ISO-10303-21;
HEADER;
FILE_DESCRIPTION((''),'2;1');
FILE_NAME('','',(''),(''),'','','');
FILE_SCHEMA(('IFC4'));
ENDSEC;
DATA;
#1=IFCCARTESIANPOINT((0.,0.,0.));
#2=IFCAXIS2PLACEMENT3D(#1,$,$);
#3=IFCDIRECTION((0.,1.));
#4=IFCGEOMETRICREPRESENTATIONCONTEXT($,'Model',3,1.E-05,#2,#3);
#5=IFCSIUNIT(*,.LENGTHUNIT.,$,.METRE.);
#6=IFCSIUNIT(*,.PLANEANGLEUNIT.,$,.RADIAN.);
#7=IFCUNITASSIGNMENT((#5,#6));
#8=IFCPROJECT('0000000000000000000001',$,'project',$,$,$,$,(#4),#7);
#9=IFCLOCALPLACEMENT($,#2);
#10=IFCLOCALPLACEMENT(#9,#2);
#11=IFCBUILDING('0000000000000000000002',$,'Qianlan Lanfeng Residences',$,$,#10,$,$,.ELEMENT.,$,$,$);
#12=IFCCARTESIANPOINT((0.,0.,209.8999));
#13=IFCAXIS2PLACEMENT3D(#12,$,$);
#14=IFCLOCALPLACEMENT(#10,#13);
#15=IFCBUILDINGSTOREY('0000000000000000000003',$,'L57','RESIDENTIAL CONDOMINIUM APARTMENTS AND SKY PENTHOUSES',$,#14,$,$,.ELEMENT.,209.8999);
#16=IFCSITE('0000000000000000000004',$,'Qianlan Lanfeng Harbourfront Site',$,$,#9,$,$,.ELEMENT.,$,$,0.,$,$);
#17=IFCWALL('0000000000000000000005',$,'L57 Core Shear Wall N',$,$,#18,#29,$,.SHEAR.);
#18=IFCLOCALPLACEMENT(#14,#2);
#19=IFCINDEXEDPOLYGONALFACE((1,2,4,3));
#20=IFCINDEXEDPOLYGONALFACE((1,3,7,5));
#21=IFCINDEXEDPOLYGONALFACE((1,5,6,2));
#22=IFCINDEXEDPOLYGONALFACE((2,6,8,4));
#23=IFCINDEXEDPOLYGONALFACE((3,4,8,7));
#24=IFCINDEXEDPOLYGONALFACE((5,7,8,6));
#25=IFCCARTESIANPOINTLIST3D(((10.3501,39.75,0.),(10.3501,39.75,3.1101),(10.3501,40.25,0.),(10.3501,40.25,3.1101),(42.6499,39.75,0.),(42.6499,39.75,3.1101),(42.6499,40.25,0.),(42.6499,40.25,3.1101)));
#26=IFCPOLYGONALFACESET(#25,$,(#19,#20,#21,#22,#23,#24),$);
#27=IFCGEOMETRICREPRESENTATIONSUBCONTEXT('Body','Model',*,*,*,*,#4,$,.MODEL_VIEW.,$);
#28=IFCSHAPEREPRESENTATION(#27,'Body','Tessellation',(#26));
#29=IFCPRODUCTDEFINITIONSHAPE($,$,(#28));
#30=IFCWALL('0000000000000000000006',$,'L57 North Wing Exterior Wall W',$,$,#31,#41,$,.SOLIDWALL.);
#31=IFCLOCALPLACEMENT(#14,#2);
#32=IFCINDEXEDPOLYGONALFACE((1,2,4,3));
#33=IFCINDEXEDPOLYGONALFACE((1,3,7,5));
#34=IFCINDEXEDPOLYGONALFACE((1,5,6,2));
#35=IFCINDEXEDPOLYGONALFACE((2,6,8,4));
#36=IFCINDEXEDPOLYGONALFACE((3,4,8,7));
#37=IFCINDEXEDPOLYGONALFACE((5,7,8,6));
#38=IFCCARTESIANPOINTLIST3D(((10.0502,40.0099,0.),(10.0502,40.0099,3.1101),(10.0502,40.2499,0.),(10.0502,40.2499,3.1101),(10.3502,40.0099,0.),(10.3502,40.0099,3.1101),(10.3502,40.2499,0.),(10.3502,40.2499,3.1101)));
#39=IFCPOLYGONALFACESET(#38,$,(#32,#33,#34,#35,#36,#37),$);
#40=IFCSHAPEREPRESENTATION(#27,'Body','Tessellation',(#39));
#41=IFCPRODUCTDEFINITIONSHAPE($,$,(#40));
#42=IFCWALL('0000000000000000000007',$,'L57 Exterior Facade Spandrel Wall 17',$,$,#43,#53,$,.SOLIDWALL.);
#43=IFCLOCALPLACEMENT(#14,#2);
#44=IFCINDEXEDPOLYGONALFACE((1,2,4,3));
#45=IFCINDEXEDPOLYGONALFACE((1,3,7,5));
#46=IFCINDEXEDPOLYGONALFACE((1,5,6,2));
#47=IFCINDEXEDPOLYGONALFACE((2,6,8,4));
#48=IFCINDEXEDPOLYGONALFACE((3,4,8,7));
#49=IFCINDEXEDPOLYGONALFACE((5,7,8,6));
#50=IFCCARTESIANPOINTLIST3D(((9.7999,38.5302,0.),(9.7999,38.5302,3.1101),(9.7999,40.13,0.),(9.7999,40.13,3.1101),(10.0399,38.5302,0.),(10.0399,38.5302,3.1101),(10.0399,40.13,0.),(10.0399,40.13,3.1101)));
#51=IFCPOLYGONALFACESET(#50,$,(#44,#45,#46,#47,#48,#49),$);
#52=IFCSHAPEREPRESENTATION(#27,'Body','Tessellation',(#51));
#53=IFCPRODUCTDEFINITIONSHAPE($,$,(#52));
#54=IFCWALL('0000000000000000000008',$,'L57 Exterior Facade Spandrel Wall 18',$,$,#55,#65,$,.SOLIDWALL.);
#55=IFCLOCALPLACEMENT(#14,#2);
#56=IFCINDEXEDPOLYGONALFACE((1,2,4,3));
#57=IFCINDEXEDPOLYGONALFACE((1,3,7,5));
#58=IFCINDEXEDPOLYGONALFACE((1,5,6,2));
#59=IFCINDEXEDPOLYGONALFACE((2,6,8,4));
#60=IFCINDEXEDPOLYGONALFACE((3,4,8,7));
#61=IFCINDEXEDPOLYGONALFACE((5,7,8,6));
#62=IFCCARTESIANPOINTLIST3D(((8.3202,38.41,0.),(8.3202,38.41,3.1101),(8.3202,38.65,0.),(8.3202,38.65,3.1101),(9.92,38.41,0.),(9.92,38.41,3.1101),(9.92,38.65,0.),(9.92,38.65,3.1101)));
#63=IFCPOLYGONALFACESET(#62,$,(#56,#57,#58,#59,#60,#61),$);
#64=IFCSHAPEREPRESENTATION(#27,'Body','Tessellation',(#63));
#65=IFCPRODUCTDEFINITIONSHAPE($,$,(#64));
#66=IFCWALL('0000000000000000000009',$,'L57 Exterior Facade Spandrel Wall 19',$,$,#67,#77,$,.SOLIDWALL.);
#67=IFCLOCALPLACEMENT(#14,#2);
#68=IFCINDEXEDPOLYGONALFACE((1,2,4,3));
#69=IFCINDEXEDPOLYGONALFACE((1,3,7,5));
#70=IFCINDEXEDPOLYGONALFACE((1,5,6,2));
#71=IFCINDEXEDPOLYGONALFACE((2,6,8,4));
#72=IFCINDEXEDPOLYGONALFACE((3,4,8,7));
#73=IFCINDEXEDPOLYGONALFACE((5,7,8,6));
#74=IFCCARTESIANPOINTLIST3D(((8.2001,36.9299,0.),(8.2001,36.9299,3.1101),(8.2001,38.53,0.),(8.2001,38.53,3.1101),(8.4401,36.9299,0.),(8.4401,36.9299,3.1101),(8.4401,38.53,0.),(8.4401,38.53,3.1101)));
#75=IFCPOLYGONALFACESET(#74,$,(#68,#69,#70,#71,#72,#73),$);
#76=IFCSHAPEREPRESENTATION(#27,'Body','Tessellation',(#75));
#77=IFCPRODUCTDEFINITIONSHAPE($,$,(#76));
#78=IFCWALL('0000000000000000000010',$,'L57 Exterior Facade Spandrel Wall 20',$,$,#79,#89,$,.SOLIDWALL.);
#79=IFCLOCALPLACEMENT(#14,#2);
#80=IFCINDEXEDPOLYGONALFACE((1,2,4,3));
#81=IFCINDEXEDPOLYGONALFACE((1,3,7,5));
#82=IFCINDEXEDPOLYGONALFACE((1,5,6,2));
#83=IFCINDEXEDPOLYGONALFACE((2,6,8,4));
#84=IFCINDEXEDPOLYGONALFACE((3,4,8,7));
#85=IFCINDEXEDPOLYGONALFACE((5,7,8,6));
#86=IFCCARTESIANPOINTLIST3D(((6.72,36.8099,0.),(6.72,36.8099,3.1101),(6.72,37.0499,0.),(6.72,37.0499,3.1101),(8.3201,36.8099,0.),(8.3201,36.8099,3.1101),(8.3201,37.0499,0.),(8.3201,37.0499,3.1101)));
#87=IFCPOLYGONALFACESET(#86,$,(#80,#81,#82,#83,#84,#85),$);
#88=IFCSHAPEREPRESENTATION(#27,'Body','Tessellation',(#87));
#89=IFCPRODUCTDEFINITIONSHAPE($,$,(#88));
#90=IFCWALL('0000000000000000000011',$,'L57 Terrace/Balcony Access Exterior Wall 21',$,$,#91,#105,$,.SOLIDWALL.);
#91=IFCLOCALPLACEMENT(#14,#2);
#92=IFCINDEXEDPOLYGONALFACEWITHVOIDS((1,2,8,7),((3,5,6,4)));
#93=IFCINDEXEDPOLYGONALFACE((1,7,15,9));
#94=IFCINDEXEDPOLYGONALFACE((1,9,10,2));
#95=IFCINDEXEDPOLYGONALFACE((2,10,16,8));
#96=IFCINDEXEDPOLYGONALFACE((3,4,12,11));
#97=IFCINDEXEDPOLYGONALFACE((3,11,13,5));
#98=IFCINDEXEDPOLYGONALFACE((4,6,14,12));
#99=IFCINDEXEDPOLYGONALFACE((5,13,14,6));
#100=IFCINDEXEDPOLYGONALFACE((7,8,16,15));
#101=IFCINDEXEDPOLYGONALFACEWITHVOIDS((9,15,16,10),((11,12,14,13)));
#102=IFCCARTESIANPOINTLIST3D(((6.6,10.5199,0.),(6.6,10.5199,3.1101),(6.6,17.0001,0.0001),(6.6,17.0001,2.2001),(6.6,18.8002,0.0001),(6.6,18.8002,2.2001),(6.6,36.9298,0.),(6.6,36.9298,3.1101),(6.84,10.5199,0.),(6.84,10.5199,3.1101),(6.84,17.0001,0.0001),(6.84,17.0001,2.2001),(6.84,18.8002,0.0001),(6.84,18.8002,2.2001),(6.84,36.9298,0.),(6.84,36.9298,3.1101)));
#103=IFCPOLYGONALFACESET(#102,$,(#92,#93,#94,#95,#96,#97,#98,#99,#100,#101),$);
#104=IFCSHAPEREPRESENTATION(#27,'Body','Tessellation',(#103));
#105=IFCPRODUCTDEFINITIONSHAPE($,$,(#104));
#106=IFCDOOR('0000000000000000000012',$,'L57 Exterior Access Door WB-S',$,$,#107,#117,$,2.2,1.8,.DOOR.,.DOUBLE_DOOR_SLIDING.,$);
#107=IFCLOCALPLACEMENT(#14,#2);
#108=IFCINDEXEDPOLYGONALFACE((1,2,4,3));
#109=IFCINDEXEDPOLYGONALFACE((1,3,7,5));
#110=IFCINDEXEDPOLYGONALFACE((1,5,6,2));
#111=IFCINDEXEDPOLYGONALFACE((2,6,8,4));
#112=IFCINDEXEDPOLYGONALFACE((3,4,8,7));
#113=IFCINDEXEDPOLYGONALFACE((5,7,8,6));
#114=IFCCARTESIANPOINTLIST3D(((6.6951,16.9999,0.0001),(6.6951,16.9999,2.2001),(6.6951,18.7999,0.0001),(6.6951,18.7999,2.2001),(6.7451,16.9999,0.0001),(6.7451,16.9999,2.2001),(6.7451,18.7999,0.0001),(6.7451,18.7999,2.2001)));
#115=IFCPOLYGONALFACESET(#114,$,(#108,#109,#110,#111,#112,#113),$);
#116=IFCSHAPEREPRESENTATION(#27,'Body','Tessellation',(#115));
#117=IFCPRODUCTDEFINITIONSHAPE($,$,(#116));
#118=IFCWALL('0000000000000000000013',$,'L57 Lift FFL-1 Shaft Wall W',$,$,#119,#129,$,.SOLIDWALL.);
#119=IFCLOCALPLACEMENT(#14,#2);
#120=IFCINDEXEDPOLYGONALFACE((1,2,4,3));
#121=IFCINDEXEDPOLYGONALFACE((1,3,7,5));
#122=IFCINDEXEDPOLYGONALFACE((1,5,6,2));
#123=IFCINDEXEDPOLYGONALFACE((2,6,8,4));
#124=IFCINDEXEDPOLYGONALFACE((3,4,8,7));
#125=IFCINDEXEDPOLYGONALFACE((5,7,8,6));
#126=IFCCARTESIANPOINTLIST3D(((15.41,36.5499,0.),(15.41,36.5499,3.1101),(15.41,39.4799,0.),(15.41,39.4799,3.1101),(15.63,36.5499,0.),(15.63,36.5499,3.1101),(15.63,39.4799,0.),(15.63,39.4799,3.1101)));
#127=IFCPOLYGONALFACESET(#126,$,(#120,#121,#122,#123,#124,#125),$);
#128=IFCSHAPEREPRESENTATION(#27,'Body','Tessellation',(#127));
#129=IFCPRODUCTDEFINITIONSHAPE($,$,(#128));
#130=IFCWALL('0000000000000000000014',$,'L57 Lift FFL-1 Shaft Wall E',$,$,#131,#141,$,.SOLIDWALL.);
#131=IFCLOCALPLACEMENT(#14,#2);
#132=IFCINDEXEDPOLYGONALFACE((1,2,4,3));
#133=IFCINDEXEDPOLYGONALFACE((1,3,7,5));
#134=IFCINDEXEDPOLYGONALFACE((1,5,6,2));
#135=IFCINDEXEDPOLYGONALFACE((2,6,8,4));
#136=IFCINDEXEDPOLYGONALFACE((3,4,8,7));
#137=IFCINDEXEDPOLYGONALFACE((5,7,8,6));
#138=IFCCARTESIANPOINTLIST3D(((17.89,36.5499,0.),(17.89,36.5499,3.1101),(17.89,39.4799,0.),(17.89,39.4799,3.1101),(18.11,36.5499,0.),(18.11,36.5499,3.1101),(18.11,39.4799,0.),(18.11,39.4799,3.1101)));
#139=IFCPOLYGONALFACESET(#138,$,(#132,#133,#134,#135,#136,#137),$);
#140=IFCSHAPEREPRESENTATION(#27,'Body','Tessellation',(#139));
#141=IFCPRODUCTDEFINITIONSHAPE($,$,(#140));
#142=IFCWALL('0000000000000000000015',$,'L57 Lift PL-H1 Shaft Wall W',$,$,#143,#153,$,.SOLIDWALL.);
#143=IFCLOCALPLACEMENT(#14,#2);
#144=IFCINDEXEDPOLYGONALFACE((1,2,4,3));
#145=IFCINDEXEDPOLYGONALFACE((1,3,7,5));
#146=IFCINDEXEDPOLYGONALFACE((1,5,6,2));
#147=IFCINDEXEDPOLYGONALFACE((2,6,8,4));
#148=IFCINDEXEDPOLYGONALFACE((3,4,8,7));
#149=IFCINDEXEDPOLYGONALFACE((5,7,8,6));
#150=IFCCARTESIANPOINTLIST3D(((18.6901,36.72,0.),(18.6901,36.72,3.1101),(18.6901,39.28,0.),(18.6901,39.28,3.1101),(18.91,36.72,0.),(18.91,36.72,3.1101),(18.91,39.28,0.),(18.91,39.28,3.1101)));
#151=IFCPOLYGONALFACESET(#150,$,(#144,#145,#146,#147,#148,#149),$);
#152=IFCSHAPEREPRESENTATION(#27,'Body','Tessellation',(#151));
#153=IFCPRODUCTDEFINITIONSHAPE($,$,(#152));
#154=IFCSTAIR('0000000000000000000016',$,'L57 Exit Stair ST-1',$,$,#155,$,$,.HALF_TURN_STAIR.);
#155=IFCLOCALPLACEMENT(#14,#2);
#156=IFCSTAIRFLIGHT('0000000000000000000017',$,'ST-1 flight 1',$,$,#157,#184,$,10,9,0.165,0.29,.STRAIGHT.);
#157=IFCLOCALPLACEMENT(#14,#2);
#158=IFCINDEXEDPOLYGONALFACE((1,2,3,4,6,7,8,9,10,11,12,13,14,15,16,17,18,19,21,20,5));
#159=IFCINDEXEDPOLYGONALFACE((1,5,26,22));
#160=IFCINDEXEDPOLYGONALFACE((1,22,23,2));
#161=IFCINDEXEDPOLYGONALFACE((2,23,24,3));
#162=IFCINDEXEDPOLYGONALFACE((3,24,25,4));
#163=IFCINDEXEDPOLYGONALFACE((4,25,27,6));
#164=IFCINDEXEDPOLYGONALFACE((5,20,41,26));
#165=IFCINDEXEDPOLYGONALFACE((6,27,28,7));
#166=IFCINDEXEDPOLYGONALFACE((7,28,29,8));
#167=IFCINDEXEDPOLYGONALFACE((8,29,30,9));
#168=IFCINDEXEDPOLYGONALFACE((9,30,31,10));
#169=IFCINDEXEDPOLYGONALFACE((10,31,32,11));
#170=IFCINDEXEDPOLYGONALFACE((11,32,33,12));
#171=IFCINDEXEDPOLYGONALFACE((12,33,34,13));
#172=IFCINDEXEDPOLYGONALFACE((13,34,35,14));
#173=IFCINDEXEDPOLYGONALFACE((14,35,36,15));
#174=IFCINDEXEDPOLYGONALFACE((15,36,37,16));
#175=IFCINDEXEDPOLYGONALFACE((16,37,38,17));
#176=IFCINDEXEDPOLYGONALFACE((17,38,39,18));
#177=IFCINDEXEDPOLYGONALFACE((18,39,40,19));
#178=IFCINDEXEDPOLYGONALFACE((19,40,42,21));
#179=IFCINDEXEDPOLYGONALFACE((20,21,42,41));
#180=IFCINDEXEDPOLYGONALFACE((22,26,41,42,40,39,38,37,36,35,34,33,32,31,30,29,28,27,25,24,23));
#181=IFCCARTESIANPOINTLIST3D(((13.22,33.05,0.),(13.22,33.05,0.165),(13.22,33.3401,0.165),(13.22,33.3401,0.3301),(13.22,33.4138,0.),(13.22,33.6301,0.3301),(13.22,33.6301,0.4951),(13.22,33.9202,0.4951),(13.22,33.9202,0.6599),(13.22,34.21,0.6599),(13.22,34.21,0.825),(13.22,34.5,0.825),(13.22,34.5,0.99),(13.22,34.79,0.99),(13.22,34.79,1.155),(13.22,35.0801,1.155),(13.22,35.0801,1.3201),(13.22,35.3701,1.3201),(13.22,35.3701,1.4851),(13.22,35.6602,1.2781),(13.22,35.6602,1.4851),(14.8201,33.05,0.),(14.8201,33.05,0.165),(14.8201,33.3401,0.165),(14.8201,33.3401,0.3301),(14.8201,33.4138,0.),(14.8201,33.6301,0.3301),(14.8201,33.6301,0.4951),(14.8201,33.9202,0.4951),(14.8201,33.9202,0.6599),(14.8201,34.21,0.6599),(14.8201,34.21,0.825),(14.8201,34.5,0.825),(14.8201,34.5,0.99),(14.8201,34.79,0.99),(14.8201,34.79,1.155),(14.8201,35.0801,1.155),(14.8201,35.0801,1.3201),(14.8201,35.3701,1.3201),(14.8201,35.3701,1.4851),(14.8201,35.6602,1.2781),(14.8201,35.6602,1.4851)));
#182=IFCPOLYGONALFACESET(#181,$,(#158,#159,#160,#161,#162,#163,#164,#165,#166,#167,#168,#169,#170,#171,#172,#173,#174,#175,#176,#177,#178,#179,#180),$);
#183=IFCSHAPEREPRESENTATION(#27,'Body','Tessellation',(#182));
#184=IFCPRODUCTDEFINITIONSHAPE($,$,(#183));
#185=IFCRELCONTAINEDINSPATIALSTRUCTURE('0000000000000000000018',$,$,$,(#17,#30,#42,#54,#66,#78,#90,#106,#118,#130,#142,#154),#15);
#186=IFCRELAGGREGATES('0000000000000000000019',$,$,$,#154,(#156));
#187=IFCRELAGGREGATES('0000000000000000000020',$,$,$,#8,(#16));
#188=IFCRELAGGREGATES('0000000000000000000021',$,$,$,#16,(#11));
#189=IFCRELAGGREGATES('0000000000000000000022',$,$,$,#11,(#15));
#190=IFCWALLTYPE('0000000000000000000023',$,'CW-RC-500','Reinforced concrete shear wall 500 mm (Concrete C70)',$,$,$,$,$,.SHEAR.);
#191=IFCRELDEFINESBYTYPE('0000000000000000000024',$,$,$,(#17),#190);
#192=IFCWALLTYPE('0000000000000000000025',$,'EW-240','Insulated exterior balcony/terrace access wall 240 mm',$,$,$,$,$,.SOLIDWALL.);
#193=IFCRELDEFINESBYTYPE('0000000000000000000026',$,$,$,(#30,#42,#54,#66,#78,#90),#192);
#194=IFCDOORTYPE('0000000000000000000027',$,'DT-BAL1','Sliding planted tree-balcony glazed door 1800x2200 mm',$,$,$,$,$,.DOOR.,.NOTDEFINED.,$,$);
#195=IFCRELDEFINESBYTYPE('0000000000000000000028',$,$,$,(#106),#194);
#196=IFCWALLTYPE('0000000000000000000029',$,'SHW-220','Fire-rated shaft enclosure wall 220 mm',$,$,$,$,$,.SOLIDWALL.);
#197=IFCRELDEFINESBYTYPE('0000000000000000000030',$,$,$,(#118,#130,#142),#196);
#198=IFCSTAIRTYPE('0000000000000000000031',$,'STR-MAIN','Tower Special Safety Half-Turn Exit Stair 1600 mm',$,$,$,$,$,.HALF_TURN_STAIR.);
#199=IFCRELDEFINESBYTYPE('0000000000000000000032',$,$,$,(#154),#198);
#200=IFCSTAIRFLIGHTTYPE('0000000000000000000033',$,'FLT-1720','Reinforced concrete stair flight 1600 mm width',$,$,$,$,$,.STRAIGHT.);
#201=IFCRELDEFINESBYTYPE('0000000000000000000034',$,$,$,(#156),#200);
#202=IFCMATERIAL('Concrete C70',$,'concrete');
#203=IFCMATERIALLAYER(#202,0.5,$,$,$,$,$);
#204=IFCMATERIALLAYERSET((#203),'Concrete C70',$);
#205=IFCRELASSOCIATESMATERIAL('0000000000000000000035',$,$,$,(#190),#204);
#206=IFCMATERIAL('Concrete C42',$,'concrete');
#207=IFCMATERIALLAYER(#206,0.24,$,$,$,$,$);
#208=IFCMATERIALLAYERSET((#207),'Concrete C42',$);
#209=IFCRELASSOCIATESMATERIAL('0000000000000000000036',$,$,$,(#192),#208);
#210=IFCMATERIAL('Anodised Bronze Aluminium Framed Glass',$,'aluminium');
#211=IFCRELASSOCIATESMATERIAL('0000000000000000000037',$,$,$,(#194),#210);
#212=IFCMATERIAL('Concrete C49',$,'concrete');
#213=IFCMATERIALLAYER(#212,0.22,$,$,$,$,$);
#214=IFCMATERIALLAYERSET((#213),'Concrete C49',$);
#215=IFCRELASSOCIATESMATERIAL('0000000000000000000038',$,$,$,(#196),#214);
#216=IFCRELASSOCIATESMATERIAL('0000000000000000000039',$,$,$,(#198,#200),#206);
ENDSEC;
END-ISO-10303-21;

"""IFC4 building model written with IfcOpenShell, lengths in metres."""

from ifc_helpers import new_model, si_unit, direction, frame, frame_2d, origin, place, context, subcontext, project, spatial, polyline, rectangle, outline, extrude, material, layer, layer_set, type_object, element, fill, aggregate, save


model = new_model("IFC4")

# Units and contexts
model_context = context("Model", 3, precision=1e-05, world=origin(), true_north=direction((0.0, 1.0)))
body_context = subcontext(model_context, "Body", "Model", "MODEL_VIEW")
ifc_project = project(units=[si_unit("LENGTHUNIT", "METRE"), si_unit("PLANEANGLEUNIT", "RADIAN")], contexts=[model_context])

# Site, building, storey
site_placement = place(None, origin())
site = spatial("IfcSite", under=ifc_project, at=site_placement, Name="Qianlan Lanfeng Harbourfront Site", CompositionType="ELEMENT", RefElevation=0.0)
building_placement = place(site_placement, origin())
building = spatial("IfcBuilding", under=site, at=building_placement, Name="Qianlan Lanfeng Residences", CompositionType="ELEMENT")
storey_placement = place(building_placement, frame((0.0, 0.0, 209.8999)))
storey = spatial("IfcBuildingStorey", under=building, at=storey_placement, Name="L57", Description="RESIDENTIAL CONDOMINIUM APARTMENTS AND SKY PENTHOUSES", CompositionType="ELEMENT", Elevation=209.8999)

# Shared definitions
ifc_material_1 = material(Name="Concrete C49", Category="concrete")

# Walls
ifc_material_2 = material(Name="Concrete C70", Category="concrete")
ifc_layer_1 = layer(ifc_material_2, 0.5)
ifc_layer_set_1 = layer_set([ifc_layer_1], Name="Concrete C70")
wall_type_1 = type_object("IfcWallType", Name="CW-RC-500", Description="Reinforced concrete shear wall 500 mm (Concrete C70)", PredefinedType="SHEAR", material=ifc_layer_set_1)
wall_1_placement = place(storey_placement, frame((10.3501, 40.0, 0.0), z_axis=(0.0, 0.0, 1.0), x_axis=(1.0, 0.0, 0.0)))
element("IfcWall", 1, at=wall_1_placement, inside=storey, type_object=wall_type_1, Name="L57 Core Shear Wall N", PredefinedType="SHEAR", context=body_context, shape_type="SweptSolid", body=[
    extrude(rectangle(XDim=32.2998, YDim=0.5, at=frame_2d((16.1499, 0.0))), origin(), (0.0, 0.0, 1.0), 3.1101),
])
ifc_material_3 = material(Name="Concrete C42", Category="concrete")
ifc_layer_2 = layer(ifc_material_3, 0.24)
ifc_layer_set_2 = layer_set([ifc_layer_2], Name="Concrete C42")
wall_type_2 = type_object("IfcWallType", Name="EW-240", Description="Insulated exterior balcony/terrace access wall 240 mm", PredefinedType="SOLIDWALL", material=ifc_layer_set_2)
wall_2_placement = place(storey_placement, frame((10.3501, 40.1299, 0.0), z_axis=(0.0, 0.0, 1.0), x_axis=(-1.0, 0.0, 0.0)))
element("IfcWall", 2, at=wall_2_placement, inside=storey, type_object=wall_type_2, Name="L57 North Wing Exterior Wall W", PredefinedType="SOLIDWALL", context=body_context, shape_type="SweptSolid", body=[
    extrude(rectangle(XDim=0.3, YDim=0.24, at=frame_2d((0.1499, 0.0))), origin(), (0.0, 0.0, 1.0), 3.1101),
])
for number, where, z_axis, x_axis, name in (
    (3, (9.9199, 40.1299, 0.0), (0.0, 0.0, 1.0), (0.0, -1.0, 0.0), "L57 Exterior Facade Spandrel Wall 17"),
    (4, (9.9199, 38.53, 0.0), (0.0, 0.0, 1.0), (-1.0, 0.0, 0.0), "L57 Exterior Facade Spandrel Wall 18"),
):
    element("IfcWall", number, at=place(storey_placement, frame(where, z_axis=z_axis, x_axis=x_axis)), inside=storey, type_object=wall_type_2, Name=name, PredefinedType="SOLIDWALL", context=body_context, shape_type="SweptSolid", body=[
        extrude(rectangle(XDim=1.5999, YDim=0.24, at=frame_2d((0.7998, 0.0))), origin(), (0.0, 0.0, 1.0), 3.1101),
    ])
for number, where, z_axis, x_axis, name in (
    (5, (8.3201, 38.53, 0.0), (0.0, 0.0, 1.0), (0.0, -1.0, 0.0), "L57 Exterior Facade Spandrel Wall 19"),
    (6, (8.3201, 36.9299, 0.0), (0.0, 0.0, 1.0), (-1.0, 0.0, 0.0), "L57 Exterior Facade Spandrel Wall 20"),
):
    element("IfcWall", number, at=place(storey_placement, frame(where, z_axis=z_axis, x_axis=x_axis)), inside=storey, type_object=wall_type_2, Name=name, PredefinedType="SOLIDWALL", context=body_context, shape_type="SweptSolid", body=[
        extrude(rectangle(XDim=1.6001, YDim=0.24, at=frame_2d((0.8, 0.0))), origin(), (0.0, 0.0, 1.0), 3.1101),
    ])

# Wall, opening, door
wall_3_placement = place(storey_placement, frame((6.72, 36.9299, 0.0), z_axis=(0.0, 0.0, 1.0), x_axis=(0.0, -1.0, 0.0)))
wall_3 = element("IfcWall", 7, at=wall_3_placement, inside=storey, type_object=wall_type_2, Name="L57 Terrace/Balcony Access Exterior Wall 21", PredefinedType="SOLIDWALL", context=body_context, shape_type="SweptSolid", body=[
    extrude(rectangle(XDim=26.4099, YDim=0.24, at=frame_2d((13.2051, 0.0))), origin(), (0.0, 0.0, 1.0), 3.1101),
])
opening_1_placement = place(wall_3_placement, frame((18.1299, 0.0, 0.0)))
opening_1 = element("IfcOpeningElement", 8, at=opening_1_placement, cuts=wall_3, PredefinedType="OPENING", context=body_context, shape_type="SweptSolid", body=[
    extrude(rectangle(XDim=1.8, YDim=2.2, at=frame_2d((0.8999, 1.1001))), frame((0.0, 0.1299, 0.0), z_axis=(0.0, -1.0, 0.0), x_axis=(1.0, 0.0, 0.0)), (0.0, 0.0, 1.0), 0.26),
])
ifc_material_4 = material(Name="Anodised Bronze Aluminium Framed Glass", Category="aluminium")
door_type_1 = type_object("IfcDoorType", Name="DT-BAL1", Description="Sliding planted tree-balcony glazed door 1800x2200 mm", OperationType="NOTDEFINED", PredefinedType="DOOR", material=ifc_material_4)
door_1_placement = place(opening_1_placement, frame((1.8, 0.0, 0.0), z_axis=(0.0, 0.0, 1.0), x_axis=(-1.0, 0.0, 0.0)))
door_1 = element("IfcDoor", 9, at=door_1_placement, inside=storey, type_object=door_type_1, Name="L57 Exterior Access Door WB-S", OperationType="DOUBLE_DOOR_SLIDING", OverallHeight=2.2, OverallWidth=1.8, PredefinedType="DOOR", context=body_context, shape_type="SweptSolid", body=[
    extrude(rectangle(XDim=1.8, YDim=2.2, at=frame_2d((0.8999, 1.1001))), frame((0.0, 0.0249, 0.0), z_axis=(0.0, -1.0, 0.0), x_axis=(1.0, 0.0, 0.0)), (0.0, 0.0, 1.0), 0.05),
])
fill(opening_1, door_1)

# Walls
ifc_layer_3 = layer(ifc_material_1, 0.22)
ifc_layer_set_3 = layer_set([ifc_layer_3], Name="Concrete C49")
wall_type_3 = type_object("IfcWallType", Name="SHW-220", Description="Fire-rated shaft enclosure wall 220 mm", PredefinedType="SOLIDWALL", material=ifc_layer_set_3)
for number, where, z_axis, x_axis, name in (
    (10, (15.52, 36.55, 0.0), (0.0, 0.0, 1.0), (0.0, 1.0, 0.0), "L57 Lift FFL-1 Shaft Wall W"),
    (11, (18.0, 36.55, 0.0), (0.0, 0.0, 1.0), (0.0, 1.0, 0.0), "L57 Lift FFL-1 Shaft Wall E"),
):
    element("IfcWall", number, at=place(storey_placement, frame(where, z_axis=z_axis, x_axis=x_axis)), inside=storey, type_object=wall_type_3, Name=name, PredefinedType="SOLIDWALL", context=body_context, shape_type="SweptSolid", body=[
        extrude(rectangle(XDim=2.9299, YDim=0.22, at=frame_2d((1.4648, 0.0))), origin(), (0.0, 0.0, 1.0), 3.1101),
    ])
wall_4_placement = place(storey_placement, frame((18.8, 36.72, 0.0), z_axis=(0.0, 0.0, 1.0), x_axis=(0.0, 1.0, 0.0)))
element("IfcWall", 12, at=wall_4_placement, inside=storey, type_object=wall_type_3, Name="L57 Lift PL-H1 Shaft Wall W", PredefinedType="SOLIDWALL", context=body_context, shape_type="SweptSolid", body=[
    extrude(rectangle(XDim=2.5601, YDim=0.22, at=frame_2d((1.28, 0.0))), origin(), (0.0, 0.0, 1.0), 3.1101),
])

# Stair, stair flight
stair_type = type_object("IfcStairType", Name="STR-MAIN", Description="Tower Special Safety Half-Turn Exit Stair 1600 mm", PredefinedType="HALF_TURN_STAIR", material=ifc_material_3)
stair_placement = place(storey_placement, origin())
stair = element("IfcStair", 13, at=stair_placement, inside=storey, type_object=stair_type, Name="L57 Exit Stair ST-1", PredefinedType="HALF_TURN_STAIR")
stair_flight_type = type_object("IfcStairFlightType", Name="FLT-1720", Description="Reinforced concrete stair flight 1600 mm width", PredefinedType="STRAIGHT", material=ifc_material_3)
stair_flight_1_placement = place(storey_placement, frame((14.02, 33.05, 0.0), z_axis=(0.0, 0.0, 1.0), x_axis=(0.0, 1.0, 0.0)))
stair_flight_1 = element("IfcStairFlight", 14, at=stair_flight_1_placement, type_object=stair_flight_type, Name="ST-1 flight 1", NumberOfRisers=10, NumberOfTreads=9, PredefinedType="STRAIGHT", RiserHeight=0.165, TreadLength=0.29, context=body_context, shape_type="SweptSolid", body=[
    extrude(outline(polyline([(0.0, 0.0), (0.0, 0.165), (0.29, 0.165), (0.29, 0.3301), (0.5801, 0.3301), (0.5801, 0.4951), (0.8701, 0.4951), (0.8701, 0.6599), (1.1599, 0.6599), (1.1599, 0.825), (1.45, 0.825), (1.45, 0.99), (1.74, 0.99), (1.74, 1.155), (2.03, 1.155), (2.03, 1.3201), (2.3201, 1.3201), (2.3201, 1.4851), (2.6101, 1.4851), (2.6101, 1.6499), (2.6101, 1.2781), (0.3638, 0.0), (0.0, 0.0)])), frame((0.0, 0.8, 0.0), z_axis=(0.0, -1.0, 0.0), x_axis=(1.0, 0.0, 0.0)), (0.0, 0.0, 1.0), 1.6001),
])
aggregate(stair, [stair_flight_1])

save(model, "model.ifc")
